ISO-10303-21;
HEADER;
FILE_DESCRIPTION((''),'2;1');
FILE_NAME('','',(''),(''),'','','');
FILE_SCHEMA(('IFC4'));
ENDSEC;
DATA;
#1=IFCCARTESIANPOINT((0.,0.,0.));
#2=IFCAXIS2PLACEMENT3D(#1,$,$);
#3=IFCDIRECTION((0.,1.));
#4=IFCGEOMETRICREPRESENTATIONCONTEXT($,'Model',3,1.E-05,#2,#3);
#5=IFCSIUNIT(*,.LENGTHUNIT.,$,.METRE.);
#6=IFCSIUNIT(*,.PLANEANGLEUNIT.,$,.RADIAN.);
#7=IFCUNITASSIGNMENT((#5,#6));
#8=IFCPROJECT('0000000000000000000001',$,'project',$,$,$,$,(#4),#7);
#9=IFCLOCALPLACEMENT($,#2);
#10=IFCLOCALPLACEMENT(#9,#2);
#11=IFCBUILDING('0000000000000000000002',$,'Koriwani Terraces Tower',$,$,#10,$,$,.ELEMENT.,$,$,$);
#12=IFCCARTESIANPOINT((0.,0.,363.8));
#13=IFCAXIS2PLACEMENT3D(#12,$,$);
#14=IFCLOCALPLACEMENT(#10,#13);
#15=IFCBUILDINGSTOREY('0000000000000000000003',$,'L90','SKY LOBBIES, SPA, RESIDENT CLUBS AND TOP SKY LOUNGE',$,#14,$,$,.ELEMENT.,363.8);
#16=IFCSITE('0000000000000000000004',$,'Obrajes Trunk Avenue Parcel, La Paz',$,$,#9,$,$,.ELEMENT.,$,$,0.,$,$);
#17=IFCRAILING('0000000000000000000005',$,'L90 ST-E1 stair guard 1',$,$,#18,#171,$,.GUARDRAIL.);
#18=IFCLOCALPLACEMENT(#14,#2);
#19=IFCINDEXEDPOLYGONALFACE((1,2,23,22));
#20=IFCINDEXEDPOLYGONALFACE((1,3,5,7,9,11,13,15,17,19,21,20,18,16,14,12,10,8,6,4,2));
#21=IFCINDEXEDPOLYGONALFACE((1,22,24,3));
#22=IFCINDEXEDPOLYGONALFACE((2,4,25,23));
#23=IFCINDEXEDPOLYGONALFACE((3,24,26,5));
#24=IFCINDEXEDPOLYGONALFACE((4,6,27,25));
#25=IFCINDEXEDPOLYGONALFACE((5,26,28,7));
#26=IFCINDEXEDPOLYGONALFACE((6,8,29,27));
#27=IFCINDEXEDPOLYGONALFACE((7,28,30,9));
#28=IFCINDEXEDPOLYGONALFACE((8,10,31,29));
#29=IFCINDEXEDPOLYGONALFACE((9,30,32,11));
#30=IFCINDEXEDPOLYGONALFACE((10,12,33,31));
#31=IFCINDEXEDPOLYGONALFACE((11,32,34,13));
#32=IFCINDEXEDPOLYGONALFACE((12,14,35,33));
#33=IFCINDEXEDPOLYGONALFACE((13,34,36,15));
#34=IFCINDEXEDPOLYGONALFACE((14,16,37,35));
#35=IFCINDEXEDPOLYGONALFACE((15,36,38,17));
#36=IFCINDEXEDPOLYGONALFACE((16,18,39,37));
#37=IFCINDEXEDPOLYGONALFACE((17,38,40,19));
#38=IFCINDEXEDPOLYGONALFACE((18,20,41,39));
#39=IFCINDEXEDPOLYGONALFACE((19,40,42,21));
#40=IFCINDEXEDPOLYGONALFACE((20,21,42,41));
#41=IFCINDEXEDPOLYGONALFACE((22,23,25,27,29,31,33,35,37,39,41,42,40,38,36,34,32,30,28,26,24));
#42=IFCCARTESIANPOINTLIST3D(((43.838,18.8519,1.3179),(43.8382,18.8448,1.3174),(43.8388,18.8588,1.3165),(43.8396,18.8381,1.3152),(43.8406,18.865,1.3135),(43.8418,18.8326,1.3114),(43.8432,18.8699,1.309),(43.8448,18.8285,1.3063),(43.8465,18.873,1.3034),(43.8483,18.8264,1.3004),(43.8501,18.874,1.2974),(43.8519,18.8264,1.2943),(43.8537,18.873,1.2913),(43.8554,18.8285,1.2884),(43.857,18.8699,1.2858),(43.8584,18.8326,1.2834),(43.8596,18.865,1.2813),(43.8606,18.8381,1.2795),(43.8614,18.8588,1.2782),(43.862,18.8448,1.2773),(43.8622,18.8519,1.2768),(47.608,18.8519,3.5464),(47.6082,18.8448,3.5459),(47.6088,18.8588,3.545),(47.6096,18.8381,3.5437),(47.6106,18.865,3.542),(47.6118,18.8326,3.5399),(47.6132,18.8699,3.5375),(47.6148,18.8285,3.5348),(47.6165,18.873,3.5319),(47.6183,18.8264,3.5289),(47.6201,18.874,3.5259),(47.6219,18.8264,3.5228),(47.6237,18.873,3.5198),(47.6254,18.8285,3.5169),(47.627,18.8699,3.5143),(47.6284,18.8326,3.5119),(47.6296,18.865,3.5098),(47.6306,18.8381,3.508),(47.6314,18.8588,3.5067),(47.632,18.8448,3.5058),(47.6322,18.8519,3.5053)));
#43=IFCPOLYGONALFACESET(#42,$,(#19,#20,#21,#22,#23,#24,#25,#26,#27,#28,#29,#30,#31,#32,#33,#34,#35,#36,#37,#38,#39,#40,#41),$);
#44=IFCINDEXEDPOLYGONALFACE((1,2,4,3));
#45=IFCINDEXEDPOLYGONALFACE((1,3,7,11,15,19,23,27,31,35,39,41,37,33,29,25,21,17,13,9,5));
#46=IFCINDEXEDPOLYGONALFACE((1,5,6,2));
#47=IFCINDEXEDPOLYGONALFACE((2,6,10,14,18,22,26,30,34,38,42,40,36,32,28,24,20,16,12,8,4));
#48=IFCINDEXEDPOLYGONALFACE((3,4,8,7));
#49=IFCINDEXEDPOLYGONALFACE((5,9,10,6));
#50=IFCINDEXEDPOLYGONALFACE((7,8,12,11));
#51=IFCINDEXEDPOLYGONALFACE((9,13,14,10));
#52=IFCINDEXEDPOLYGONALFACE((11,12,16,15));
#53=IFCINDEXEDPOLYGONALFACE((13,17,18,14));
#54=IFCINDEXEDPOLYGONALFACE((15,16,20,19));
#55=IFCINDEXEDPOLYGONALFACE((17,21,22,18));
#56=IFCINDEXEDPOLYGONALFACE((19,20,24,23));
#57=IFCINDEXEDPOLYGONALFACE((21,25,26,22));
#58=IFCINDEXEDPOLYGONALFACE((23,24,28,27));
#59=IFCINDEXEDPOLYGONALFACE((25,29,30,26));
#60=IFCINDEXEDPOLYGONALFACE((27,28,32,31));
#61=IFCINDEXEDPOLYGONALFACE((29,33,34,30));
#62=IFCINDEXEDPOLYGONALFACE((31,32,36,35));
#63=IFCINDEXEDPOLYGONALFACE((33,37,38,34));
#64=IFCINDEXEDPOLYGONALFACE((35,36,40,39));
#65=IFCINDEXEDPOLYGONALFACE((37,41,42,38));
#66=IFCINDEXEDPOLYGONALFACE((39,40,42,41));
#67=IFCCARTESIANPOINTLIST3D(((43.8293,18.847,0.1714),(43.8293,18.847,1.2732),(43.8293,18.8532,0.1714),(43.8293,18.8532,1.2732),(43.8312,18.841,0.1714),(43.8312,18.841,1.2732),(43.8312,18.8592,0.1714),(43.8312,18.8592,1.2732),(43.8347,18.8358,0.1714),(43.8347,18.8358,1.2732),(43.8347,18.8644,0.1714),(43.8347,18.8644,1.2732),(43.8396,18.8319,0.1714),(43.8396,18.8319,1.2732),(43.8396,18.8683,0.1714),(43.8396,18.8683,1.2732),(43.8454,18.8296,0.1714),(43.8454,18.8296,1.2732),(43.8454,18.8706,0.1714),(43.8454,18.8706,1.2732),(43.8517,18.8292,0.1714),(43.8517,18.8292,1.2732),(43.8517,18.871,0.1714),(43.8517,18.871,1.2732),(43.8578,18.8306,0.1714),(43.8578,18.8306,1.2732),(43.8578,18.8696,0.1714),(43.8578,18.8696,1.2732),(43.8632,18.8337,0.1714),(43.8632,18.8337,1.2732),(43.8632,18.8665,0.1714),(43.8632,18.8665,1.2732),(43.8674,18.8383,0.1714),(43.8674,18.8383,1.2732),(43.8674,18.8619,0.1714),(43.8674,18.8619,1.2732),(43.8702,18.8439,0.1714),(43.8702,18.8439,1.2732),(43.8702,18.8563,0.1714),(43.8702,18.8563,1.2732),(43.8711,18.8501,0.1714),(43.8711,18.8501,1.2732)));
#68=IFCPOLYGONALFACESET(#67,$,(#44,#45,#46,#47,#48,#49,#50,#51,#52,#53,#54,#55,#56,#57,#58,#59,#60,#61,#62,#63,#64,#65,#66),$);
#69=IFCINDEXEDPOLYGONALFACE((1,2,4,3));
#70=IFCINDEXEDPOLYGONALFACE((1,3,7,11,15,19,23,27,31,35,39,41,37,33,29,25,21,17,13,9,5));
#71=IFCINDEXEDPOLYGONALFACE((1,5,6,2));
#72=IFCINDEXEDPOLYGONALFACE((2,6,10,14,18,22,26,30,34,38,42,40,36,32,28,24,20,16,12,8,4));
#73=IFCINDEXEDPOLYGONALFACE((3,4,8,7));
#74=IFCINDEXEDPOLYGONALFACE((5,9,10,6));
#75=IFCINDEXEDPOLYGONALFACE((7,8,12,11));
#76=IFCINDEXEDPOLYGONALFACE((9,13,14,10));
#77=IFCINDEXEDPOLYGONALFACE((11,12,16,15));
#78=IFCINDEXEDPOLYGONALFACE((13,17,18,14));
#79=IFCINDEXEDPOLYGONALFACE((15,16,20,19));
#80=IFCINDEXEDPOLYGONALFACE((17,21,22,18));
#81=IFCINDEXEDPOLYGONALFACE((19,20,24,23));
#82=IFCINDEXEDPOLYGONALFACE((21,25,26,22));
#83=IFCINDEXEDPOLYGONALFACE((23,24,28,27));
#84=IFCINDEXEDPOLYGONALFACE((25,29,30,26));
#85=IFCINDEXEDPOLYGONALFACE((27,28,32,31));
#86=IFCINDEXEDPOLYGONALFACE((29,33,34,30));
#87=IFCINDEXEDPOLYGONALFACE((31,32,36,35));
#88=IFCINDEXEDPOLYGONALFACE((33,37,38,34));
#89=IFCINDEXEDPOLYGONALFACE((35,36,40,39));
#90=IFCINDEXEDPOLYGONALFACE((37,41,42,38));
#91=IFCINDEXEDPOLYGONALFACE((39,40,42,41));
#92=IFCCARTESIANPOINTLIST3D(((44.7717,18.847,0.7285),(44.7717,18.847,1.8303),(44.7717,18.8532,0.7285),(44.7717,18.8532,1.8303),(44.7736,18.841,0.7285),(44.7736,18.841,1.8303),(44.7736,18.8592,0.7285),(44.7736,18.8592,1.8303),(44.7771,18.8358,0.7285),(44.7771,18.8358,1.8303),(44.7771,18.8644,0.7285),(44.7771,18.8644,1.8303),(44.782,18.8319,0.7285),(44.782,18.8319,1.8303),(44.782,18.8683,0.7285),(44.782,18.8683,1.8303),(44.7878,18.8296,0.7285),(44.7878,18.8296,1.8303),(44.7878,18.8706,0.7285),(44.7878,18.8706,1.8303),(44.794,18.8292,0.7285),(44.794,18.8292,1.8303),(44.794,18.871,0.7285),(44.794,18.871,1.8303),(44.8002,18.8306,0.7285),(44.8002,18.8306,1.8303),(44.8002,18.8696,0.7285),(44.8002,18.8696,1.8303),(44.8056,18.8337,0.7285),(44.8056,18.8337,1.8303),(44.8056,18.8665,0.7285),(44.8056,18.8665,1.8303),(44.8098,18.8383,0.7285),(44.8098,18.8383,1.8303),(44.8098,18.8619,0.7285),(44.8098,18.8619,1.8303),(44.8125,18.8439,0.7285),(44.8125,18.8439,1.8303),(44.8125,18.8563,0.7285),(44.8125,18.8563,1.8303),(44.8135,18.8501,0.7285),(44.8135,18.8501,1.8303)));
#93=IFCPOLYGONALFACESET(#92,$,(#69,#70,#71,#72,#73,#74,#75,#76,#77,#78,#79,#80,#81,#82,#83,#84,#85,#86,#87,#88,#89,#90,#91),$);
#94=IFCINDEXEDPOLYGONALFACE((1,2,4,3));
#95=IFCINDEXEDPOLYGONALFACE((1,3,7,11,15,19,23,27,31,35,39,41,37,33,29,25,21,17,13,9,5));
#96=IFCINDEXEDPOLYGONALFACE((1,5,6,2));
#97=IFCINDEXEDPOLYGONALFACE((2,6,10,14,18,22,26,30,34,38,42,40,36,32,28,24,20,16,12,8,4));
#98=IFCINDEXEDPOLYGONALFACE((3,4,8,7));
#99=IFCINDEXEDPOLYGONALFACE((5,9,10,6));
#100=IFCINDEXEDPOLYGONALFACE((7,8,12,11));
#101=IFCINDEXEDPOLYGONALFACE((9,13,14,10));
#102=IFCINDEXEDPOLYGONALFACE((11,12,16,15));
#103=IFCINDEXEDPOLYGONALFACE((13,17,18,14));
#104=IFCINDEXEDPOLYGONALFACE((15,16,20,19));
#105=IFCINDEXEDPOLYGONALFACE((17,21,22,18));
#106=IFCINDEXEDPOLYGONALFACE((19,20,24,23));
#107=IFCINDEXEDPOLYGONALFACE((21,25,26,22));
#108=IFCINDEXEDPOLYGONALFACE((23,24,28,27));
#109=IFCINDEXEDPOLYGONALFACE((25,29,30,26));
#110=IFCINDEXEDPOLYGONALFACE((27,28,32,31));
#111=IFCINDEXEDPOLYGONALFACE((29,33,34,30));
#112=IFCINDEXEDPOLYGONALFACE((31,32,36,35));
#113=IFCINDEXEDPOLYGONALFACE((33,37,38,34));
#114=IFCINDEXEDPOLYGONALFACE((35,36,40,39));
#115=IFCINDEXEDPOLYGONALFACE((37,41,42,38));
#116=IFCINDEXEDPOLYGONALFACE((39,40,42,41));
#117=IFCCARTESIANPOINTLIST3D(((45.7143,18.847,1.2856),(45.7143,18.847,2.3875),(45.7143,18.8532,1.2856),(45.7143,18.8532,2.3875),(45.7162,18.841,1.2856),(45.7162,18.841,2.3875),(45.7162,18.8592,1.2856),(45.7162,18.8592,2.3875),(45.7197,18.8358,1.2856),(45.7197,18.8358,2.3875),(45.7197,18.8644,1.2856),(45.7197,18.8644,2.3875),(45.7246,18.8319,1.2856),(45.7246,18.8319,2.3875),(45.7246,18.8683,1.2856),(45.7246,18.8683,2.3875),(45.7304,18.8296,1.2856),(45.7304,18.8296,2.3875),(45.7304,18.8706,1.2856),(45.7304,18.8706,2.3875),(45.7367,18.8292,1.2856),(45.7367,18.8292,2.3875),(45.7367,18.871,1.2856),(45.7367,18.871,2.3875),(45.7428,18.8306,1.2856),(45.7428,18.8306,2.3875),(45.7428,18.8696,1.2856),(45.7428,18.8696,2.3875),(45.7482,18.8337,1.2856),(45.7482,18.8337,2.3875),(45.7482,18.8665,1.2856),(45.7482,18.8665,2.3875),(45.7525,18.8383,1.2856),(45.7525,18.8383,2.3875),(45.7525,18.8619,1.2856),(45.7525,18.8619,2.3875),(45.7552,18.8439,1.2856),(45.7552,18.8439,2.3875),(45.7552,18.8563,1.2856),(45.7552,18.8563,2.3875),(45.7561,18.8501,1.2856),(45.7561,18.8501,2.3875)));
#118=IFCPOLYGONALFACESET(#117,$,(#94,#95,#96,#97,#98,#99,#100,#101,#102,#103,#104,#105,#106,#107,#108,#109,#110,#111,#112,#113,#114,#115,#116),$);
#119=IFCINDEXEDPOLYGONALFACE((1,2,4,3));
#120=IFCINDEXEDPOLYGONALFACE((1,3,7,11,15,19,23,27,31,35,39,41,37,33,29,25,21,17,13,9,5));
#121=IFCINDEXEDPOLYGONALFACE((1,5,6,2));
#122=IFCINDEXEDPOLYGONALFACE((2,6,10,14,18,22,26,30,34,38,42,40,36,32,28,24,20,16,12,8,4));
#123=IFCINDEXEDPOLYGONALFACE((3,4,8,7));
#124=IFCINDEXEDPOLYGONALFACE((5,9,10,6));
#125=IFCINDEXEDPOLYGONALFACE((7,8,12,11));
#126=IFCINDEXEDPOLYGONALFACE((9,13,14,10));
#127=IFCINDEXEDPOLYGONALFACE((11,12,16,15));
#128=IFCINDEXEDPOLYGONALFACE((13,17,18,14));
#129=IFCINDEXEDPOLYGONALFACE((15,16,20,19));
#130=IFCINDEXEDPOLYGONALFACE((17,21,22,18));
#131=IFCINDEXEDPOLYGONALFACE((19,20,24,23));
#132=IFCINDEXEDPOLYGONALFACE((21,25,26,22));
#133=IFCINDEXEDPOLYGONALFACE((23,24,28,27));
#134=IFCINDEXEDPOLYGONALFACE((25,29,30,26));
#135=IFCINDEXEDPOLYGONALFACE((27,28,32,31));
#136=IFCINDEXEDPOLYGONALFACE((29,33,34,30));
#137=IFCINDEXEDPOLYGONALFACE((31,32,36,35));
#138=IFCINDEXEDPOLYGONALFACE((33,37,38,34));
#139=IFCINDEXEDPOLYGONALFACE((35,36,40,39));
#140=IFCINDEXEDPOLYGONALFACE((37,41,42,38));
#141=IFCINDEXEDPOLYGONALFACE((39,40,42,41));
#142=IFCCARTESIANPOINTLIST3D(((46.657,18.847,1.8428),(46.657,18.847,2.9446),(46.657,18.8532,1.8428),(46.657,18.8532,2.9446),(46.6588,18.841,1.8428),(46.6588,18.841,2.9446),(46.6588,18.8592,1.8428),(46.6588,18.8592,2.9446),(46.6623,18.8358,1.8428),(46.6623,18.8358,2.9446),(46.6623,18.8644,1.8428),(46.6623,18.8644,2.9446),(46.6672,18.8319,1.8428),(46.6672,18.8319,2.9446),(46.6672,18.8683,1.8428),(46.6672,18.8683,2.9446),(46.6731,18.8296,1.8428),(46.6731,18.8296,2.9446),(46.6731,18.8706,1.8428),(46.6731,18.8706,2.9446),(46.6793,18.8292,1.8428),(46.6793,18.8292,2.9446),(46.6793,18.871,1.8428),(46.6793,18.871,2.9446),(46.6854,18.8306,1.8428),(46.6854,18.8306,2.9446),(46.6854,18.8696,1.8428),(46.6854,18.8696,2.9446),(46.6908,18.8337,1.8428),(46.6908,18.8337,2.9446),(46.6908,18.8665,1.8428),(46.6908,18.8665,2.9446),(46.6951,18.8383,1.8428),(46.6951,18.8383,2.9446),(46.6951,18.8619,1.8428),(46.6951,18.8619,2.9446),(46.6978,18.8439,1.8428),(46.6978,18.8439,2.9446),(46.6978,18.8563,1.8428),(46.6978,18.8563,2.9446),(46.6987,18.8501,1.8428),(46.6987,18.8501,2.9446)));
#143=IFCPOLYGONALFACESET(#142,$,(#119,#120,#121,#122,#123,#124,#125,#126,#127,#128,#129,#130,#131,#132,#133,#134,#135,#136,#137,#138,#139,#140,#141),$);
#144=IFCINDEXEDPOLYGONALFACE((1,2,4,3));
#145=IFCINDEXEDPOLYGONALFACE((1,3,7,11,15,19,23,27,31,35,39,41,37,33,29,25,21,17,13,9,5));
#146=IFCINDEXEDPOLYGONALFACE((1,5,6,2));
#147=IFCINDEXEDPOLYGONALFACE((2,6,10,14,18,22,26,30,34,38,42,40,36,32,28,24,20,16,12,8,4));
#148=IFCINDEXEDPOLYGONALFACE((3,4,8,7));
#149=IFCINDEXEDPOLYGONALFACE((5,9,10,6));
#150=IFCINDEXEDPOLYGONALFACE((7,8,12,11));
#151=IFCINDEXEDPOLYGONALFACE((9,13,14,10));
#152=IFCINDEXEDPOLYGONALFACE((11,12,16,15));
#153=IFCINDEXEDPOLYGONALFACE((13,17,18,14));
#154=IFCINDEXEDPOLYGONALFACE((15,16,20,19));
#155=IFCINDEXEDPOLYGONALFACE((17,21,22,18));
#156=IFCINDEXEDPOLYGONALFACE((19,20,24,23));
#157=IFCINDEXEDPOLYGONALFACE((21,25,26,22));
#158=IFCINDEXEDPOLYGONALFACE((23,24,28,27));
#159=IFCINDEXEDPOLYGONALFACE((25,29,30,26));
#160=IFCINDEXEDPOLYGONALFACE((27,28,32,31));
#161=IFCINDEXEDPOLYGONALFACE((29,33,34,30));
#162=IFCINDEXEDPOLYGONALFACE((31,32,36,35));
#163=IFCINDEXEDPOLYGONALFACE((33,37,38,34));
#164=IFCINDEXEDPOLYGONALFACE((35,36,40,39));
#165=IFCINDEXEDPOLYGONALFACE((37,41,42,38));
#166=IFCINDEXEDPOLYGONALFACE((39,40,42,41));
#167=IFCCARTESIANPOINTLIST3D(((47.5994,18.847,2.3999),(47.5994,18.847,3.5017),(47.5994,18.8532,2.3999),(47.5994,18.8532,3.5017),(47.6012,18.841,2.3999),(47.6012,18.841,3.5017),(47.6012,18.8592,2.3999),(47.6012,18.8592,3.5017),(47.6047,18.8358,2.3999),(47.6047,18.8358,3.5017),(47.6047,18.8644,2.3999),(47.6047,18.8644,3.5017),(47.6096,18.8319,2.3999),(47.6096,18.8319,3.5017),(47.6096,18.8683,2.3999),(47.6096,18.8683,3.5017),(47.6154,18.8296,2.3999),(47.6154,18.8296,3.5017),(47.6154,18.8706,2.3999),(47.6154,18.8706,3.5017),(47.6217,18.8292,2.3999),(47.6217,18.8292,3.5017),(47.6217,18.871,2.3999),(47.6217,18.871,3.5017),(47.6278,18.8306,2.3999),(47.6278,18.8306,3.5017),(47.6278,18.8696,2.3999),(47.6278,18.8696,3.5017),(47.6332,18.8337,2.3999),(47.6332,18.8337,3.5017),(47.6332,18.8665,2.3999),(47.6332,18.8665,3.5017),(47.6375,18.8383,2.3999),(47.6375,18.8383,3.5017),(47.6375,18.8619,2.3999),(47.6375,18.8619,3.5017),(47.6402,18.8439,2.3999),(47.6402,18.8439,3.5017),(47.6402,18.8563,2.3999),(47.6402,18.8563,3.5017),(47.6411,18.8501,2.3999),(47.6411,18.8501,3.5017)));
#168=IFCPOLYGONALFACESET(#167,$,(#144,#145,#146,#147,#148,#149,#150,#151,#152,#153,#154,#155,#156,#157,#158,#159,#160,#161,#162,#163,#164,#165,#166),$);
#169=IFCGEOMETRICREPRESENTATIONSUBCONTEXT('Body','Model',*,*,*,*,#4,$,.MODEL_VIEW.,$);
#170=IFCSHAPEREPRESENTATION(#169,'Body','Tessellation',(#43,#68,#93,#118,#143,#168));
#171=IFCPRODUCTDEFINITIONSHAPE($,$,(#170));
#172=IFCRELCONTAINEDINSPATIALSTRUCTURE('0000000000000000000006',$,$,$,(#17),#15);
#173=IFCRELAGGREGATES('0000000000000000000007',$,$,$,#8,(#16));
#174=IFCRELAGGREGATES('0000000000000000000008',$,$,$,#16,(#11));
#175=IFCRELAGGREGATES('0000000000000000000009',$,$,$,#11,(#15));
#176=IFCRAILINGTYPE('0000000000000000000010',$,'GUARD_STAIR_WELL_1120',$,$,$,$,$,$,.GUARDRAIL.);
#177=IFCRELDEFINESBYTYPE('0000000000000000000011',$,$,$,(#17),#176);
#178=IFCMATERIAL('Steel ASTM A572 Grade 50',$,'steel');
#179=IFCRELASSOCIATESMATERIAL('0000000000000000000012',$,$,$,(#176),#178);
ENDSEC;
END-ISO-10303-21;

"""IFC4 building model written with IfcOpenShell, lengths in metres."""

from ifc_helpers import new_model, si_unit, direction, frame, origin, origin_2d, place, context, subcontext, project, spatial, circle, extrude, material, type_object, element, save


model = new_model("IFC4")

# Units and contexts
model_context = context("Model", 3, precision=1e-05, world=origin(), true_north=direction((0.0, 1.0)))
body_context = subcontext(model_context, "Body", "Model", "MODEL_VIEW")
ifc_project = project(units=[si_unit("LENGTHUNIT", "METRE"), si_unit("PLANEANGLEUNIT", "RADIAN")], contexts=[model_context])

# Site, building, storey
site_placement = place(None, origin())
site = spatial("IfcSite", under=ifc_project, at=site_placement, Name="Obrajes Trunk Avenue Parcel, La Paz", CompositionType="ELEMENT", RefElevation=0.0)
building_placement = place(site_placement, origin())
building = spatial("IfcBuilding", under=site, at=building_placement, Name="Koriwani Terraces Tower", CompositionType="ELEMENT")
storey_placement = place(building_placement, frame((0.0, 0.0, 363.8)))
storey = spatial("IfcBuildingStorey", under=building, at=storey_placement, Name="L90", Description="SKY LOBBIES, SPA, RESIDENT CLUBS AND TOP SKY LOUNGE", CompositionType="ELEMENT", Elevation=363.8)

# Shared definitions
ifc_material_1 = material(Name="Steel ASTM A572 Grade 50", Category="steel")

# Railing
railing_type_1 = type_object("IfcRailingType", Name="GUARD_STAIR_WELL_1120", PredefinedType="GUARDRAIL", material=ifc_material_1)
railing_1_placement = place(storey_placement, frame((43.8501, 18.8501, 0.1714)))
element("IfcRailing", 1, at=railing_1_placement, inside=storey, type_object=railing_type_1, Name="L90 ST-E1 stair guard 1", PredefinedType="GUARDRAIL", context=body_context, shape_type="SweptSolid", body=[
    extrude(circle(Radius=0.0239, at=origin_2d()), frame((0.0, 0.0, 1.126), z_axis=(0.860849, 0.0, 0.508861), x_axis=(0.0, 1.0, 0.0)), (0.0, 0.0, 1.0), 4.3794),
    extrude(circle(Radius=0.021, at=origin_2d()), origin(), (0.0, 0.0, 1.0), 1.1018),
    extrude(circle(Radius=0.021, at=origin_2d()), frame((0.9424, 0.0, 0.5571)), (0.0, 0.0, 1.0), 1.1018),
    extrude(circle(Radius=0.021, at=origin_2d()), frame((1.885, 0.0, 1.1143)), (0.0, 0.0, 1.0), 1.1018),
    extrude(circle(Radius=0.021, at=origin_2d()), frame((2.8276, 0.0, 1.6714)), (0.0, 0.0, 1.0), 1.1018),
    extrude(circle(Radius=0.021, at=origin_2d()), frame((3.77, 0.0, 2.2285)), (0.0, 0.0, 1.0), 1.1018),
])

save(model, "model.ifc")
